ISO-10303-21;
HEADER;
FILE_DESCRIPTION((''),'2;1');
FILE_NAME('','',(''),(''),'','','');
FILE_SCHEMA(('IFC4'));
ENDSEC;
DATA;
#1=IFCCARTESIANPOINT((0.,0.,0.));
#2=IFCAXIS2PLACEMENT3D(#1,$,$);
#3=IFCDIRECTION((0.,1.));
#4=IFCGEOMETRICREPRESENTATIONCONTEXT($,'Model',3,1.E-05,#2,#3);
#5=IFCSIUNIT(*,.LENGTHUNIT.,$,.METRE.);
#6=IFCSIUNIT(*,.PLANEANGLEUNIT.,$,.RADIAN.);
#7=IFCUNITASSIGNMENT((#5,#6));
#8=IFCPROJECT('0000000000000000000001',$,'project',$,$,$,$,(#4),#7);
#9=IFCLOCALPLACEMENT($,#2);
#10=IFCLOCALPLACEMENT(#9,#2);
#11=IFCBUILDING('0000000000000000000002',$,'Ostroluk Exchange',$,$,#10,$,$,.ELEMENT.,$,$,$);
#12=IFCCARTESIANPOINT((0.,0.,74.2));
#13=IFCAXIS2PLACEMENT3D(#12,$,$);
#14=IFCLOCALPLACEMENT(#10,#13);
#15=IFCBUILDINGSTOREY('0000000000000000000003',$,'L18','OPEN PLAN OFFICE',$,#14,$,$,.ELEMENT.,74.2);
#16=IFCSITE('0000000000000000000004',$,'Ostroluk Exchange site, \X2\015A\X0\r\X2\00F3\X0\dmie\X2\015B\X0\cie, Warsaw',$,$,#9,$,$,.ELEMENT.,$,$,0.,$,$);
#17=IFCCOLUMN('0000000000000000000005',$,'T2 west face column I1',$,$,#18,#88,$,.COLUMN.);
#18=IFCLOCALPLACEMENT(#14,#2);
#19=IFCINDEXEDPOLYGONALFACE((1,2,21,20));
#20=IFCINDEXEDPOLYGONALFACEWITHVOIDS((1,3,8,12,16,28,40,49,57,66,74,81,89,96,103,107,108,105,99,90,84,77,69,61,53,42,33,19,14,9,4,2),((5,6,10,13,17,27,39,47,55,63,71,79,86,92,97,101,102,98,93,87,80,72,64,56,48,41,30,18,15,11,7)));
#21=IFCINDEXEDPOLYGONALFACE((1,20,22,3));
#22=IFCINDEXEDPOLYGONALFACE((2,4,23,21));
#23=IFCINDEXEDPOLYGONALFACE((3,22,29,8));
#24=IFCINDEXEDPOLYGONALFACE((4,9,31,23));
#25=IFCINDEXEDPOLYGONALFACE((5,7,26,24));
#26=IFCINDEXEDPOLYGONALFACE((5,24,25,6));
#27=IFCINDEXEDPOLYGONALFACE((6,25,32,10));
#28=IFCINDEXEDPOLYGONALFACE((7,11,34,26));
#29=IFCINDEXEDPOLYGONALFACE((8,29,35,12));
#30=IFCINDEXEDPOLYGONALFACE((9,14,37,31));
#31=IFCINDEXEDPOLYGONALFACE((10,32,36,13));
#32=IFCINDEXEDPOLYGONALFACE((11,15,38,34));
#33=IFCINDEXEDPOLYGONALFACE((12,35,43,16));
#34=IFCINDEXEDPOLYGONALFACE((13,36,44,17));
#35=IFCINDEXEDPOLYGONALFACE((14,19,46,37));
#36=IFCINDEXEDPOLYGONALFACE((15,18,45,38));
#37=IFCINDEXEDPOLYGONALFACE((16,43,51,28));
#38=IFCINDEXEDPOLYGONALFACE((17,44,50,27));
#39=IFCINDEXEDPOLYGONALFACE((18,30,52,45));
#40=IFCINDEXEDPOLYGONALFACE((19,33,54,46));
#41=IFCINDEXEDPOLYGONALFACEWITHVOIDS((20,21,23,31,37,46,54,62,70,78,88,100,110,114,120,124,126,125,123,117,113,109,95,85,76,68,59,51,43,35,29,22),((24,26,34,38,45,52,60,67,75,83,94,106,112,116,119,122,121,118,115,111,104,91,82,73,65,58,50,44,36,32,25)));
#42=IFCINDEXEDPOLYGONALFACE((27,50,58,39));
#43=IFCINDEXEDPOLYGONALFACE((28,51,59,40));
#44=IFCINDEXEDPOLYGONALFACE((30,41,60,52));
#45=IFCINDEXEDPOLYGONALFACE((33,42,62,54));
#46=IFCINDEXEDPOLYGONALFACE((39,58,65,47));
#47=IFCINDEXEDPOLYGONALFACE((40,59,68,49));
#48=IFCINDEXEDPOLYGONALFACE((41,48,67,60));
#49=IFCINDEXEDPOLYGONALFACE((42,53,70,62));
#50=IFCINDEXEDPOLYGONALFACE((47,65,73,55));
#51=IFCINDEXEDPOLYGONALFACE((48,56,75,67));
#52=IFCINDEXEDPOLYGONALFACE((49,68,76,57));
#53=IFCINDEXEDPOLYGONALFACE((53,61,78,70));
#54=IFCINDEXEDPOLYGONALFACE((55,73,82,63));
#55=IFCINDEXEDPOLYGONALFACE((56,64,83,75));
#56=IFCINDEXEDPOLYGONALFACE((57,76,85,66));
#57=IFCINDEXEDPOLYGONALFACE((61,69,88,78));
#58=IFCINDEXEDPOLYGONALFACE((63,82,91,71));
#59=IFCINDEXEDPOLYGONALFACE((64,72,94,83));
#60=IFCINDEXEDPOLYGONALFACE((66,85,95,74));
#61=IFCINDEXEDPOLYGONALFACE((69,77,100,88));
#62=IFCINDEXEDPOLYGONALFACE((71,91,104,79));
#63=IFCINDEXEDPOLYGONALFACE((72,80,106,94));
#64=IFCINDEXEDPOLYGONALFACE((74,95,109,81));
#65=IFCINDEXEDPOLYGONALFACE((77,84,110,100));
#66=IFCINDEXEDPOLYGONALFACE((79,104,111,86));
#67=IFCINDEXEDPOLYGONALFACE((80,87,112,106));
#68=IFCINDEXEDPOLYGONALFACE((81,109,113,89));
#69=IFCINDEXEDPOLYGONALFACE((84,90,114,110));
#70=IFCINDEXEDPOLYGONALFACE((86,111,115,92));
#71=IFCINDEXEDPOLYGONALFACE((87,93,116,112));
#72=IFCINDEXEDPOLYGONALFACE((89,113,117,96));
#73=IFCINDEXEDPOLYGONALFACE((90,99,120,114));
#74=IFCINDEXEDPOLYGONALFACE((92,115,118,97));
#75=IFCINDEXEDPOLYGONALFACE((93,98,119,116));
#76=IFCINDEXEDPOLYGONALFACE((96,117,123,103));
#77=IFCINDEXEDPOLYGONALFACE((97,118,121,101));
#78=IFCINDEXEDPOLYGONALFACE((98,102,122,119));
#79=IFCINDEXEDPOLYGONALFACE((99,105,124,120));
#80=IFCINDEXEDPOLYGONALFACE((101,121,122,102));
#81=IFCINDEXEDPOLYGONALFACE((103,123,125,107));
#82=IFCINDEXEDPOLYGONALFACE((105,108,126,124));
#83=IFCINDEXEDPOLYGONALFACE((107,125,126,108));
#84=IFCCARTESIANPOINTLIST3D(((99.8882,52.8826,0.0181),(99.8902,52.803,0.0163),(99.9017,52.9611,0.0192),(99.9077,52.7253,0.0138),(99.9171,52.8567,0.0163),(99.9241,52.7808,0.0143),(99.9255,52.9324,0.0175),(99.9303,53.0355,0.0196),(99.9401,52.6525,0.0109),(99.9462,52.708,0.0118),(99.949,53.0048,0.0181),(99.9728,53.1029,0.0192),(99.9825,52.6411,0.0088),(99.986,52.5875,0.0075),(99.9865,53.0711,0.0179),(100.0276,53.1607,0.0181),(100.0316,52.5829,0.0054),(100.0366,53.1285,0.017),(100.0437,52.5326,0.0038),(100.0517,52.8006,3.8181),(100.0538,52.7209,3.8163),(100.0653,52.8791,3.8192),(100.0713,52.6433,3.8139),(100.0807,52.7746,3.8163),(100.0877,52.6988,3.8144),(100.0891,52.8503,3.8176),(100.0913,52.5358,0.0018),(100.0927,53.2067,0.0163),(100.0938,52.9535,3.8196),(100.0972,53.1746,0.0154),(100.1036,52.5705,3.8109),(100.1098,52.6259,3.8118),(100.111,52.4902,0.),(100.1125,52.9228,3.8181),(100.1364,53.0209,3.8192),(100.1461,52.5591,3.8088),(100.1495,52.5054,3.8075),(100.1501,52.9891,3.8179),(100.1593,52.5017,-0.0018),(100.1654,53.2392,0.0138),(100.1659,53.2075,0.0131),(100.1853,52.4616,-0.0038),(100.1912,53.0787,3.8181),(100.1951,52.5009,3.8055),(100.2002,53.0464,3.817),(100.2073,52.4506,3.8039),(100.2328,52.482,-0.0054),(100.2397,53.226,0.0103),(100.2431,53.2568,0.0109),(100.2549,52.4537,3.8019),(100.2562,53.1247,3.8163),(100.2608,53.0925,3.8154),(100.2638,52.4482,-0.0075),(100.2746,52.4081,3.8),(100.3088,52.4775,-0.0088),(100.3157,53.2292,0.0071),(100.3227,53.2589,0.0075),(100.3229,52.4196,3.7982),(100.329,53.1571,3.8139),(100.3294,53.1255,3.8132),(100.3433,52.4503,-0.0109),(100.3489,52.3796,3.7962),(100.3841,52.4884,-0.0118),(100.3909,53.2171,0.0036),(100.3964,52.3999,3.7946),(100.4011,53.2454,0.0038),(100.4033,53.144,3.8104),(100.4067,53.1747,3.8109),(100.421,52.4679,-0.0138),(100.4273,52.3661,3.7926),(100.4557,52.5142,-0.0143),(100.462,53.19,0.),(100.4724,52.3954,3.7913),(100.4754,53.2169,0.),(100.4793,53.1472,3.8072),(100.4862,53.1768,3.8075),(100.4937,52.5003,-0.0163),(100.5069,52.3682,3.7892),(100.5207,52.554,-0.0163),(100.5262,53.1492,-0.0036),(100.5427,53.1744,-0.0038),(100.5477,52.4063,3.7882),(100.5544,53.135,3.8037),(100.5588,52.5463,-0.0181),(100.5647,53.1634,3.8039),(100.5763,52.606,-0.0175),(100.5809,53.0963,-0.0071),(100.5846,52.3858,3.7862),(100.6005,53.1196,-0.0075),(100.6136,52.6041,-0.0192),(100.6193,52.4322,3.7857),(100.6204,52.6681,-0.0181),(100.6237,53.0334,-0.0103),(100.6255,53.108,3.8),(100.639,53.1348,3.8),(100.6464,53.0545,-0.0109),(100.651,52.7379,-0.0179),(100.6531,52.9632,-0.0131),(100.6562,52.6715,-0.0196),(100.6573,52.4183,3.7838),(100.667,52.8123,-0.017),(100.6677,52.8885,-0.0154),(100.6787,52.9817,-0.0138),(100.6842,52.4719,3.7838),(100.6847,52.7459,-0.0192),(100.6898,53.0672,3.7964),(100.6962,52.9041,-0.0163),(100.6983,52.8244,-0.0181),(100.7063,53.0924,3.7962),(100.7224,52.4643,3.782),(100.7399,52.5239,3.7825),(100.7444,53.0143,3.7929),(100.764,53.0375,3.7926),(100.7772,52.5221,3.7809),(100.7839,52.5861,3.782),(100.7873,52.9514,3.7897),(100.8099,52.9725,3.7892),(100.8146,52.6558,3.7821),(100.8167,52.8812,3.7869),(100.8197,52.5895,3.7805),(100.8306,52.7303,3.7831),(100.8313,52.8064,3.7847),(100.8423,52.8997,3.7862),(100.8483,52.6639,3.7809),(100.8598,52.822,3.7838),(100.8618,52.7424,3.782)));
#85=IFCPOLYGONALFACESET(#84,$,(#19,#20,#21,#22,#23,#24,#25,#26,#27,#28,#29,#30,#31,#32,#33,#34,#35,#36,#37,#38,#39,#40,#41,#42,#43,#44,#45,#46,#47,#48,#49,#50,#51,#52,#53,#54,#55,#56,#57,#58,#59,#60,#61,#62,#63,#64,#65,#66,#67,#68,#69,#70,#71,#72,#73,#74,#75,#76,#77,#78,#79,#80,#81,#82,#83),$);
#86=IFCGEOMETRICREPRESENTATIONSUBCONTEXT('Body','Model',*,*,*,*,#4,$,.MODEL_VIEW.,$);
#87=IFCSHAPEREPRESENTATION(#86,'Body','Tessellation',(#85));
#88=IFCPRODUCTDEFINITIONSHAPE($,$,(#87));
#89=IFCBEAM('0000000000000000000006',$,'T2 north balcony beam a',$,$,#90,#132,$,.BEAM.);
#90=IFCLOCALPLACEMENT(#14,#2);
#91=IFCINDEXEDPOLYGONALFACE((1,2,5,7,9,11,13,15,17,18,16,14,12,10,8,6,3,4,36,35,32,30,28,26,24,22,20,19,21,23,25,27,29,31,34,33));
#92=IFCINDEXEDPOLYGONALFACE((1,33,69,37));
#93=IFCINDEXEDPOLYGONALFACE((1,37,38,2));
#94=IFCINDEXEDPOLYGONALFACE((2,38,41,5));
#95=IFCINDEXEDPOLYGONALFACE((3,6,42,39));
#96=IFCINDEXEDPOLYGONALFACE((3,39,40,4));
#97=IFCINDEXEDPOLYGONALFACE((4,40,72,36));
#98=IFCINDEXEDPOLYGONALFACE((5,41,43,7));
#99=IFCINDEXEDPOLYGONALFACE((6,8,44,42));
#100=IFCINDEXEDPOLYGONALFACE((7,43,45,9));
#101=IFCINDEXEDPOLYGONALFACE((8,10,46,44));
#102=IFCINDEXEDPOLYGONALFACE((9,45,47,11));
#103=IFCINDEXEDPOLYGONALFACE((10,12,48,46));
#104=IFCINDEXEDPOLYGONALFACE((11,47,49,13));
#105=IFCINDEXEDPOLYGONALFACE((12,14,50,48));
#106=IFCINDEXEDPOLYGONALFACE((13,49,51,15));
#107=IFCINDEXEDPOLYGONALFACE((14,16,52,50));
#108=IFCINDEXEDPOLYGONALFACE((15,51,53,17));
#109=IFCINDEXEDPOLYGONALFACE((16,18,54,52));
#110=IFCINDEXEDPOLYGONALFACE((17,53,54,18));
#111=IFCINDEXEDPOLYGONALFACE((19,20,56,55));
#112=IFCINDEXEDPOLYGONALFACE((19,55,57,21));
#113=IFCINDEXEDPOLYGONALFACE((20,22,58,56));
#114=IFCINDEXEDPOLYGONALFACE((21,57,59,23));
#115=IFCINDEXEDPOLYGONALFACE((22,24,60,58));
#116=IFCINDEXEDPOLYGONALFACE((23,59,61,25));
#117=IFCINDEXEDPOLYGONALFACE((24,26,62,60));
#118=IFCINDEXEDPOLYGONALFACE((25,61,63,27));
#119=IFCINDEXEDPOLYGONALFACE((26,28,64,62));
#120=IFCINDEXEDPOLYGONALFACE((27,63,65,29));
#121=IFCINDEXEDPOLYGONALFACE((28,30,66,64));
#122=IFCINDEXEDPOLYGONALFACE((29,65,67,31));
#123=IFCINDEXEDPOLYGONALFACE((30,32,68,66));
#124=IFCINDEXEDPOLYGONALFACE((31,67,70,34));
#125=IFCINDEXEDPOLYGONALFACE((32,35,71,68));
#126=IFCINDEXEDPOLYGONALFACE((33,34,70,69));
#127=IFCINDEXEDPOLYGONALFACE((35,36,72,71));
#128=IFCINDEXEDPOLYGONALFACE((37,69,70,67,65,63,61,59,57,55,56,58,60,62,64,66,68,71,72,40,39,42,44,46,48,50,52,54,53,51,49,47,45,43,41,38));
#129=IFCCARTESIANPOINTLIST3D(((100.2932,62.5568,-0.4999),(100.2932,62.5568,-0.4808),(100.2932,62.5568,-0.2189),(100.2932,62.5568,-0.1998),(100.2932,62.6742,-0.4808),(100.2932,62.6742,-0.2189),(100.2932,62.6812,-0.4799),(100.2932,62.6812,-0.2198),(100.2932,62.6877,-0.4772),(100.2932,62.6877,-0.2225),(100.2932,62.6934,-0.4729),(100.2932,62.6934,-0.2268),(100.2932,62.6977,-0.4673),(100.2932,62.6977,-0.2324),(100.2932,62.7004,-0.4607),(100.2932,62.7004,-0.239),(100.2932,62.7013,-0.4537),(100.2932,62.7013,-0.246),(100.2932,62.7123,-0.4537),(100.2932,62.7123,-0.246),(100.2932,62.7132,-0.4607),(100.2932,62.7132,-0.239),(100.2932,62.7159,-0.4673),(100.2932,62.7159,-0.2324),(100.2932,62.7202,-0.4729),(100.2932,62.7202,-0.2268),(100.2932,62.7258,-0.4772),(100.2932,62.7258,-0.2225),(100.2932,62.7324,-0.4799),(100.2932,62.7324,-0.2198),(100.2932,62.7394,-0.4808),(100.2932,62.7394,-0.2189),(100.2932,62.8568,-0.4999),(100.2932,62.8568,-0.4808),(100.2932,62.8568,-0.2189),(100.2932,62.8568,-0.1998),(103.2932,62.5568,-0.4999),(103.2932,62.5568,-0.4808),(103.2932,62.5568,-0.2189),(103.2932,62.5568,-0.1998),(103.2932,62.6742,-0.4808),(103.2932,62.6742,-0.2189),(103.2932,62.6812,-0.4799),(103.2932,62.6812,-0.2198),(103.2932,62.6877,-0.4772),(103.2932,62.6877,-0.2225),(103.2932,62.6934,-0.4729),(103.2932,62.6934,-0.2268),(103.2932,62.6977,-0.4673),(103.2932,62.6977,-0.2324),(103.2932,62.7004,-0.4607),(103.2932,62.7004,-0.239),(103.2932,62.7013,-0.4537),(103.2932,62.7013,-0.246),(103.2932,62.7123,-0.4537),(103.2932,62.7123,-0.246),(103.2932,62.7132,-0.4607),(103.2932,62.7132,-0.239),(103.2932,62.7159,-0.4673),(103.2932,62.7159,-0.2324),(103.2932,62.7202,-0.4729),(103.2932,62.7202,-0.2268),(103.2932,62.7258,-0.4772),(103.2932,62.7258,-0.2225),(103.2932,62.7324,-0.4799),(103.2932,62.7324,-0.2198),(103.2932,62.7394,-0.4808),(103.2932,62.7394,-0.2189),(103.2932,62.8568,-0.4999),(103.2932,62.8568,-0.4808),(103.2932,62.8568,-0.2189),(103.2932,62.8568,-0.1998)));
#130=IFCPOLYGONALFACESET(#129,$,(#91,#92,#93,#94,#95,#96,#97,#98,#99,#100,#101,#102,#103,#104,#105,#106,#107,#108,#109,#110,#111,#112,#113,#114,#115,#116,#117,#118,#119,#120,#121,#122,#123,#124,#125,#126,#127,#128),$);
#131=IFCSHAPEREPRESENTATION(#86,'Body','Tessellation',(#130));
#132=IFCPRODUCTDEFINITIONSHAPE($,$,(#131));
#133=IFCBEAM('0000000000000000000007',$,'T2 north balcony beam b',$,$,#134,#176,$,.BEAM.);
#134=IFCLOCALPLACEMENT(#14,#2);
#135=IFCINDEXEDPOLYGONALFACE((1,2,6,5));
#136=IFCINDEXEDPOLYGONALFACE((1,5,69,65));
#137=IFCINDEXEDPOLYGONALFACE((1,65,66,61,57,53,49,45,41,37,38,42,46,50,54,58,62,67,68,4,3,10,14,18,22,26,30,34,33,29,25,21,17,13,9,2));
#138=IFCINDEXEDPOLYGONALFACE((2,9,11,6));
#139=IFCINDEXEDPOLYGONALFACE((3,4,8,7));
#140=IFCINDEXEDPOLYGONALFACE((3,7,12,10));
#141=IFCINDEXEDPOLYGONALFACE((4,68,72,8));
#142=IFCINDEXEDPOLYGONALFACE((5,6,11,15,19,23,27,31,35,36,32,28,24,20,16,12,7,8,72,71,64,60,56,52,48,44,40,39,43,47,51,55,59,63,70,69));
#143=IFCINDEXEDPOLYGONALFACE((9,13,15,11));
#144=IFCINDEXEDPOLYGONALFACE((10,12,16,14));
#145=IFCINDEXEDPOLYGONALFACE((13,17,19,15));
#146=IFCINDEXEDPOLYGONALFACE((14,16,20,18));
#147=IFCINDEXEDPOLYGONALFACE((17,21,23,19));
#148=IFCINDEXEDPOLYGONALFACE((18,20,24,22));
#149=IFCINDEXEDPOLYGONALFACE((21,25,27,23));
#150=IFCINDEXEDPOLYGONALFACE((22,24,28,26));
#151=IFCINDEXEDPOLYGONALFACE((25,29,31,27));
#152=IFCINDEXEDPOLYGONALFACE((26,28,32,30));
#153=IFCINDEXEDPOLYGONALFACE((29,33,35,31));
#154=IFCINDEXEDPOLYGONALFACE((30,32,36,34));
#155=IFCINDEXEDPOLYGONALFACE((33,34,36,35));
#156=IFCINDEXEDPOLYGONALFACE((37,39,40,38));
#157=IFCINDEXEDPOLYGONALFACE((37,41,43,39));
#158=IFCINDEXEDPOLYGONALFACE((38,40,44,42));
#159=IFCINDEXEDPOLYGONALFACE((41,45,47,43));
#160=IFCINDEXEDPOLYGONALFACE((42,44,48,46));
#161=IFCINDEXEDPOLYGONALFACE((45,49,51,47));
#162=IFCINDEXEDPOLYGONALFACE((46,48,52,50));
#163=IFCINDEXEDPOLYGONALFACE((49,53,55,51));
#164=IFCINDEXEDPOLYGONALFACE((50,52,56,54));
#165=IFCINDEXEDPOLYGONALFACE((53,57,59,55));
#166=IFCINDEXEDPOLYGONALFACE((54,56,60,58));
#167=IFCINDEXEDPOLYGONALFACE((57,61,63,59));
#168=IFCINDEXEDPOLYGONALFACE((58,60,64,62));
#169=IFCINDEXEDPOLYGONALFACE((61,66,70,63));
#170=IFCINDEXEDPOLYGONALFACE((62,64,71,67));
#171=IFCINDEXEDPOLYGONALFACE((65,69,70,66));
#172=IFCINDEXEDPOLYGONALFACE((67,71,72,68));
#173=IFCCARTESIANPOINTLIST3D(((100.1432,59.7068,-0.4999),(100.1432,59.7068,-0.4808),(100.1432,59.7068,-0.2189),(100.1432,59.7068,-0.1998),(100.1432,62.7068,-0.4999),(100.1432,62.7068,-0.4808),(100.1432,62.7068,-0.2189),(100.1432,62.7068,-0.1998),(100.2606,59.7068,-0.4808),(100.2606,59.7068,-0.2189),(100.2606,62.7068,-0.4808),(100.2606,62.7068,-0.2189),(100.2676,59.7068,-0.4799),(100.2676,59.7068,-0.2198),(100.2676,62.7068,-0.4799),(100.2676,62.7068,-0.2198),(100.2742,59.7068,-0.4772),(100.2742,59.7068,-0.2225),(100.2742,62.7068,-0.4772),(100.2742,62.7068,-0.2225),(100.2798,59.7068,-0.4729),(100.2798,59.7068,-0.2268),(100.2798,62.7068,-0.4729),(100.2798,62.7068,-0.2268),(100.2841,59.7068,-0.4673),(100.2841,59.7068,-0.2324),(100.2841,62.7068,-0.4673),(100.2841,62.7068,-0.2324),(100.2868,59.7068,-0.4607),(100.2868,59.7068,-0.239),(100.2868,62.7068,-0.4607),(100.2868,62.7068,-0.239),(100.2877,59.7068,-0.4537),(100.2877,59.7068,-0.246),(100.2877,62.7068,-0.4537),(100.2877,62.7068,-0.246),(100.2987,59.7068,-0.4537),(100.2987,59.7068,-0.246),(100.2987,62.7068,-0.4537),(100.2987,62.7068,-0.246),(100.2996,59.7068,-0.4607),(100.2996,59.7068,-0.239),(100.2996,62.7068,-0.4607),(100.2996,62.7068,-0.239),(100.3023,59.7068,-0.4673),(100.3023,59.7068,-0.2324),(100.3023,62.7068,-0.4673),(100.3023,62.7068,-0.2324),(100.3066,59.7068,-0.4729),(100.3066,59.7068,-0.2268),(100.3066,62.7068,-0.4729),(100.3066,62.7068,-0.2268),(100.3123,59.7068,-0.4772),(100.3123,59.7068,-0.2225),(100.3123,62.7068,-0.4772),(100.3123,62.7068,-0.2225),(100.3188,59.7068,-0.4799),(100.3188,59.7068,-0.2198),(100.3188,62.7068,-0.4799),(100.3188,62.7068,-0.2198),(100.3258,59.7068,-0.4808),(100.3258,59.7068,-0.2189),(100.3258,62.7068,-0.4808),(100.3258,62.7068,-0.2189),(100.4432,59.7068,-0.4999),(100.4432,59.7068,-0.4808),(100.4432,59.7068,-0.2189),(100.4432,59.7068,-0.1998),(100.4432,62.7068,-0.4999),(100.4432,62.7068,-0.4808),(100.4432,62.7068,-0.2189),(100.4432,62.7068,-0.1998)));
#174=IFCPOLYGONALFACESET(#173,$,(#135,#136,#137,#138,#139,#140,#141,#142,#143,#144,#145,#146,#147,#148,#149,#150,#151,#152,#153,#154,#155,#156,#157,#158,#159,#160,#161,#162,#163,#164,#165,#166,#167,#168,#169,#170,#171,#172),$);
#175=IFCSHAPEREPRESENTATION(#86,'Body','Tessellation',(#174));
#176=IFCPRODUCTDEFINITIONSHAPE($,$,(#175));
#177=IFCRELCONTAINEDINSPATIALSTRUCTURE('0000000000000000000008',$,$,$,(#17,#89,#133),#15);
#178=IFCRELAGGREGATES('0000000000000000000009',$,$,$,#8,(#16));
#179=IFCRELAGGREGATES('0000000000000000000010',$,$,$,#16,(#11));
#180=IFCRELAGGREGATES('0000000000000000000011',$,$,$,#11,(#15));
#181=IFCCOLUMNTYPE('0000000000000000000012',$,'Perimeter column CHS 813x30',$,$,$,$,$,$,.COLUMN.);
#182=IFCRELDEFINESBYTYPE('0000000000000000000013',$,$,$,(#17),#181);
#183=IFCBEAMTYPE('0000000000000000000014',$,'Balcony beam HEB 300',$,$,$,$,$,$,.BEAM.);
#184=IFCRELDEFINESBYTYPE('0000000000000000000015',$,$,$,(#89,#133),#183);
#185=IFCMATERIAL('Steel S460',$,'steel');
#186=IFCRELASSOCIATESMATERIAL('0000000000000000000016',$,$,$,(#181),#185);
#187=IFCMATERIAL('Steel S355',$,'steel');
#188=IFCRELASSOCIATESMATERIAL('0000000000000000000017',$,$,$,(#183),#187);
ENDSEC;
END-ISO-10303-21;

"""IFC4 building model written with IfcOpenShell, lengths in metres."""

from ifc_helpers import new_model, si_unit, direction, frame, origin, origin_2d, place, context, subcontext, project, spatial, hollow_circle, i_section, extrude, material, material_profile, profile_set, type_object, element, save


model = new_model("IFC4")

# Units and contexts
model_context = context("Model", 3, precision=1e-05, world=origin(), true_north=direction((0.0, 1.0)))
body_context = subcontext(model_context, "Body", "Model", "MODEL_VIEW")
ifc_project = project(units=[si_unit("LENGTHUNIT", "METRE"), si_unit("PLANEANGLEUNIT", "RADIAN")], contexts=[model_context])

# Site, building, storey
site_placement = place(None, origin())
site = spatial("IfcSite", under=ifc_project, at=site_placement, Name="Ostroluk Exchange site, Śródmieście, Warsaw", CompositionType="ELEMENT", RefElevation=0.0)
building_placement = place(site_placement, origin())
building = spatial("IfcBuilding", under=site, at=building_placement, Name="Ostroluk Exchange", CompositionType="ELEMENT")
storey_placement = place(building_placement, frame((0.0, 0.0, 74.2)))
storey = spatial("IfcBuildingStorey", under=building, at=storey_placement, Name="L18", Description="OPEN PLAN OFFICE", CompositionType="ELEMENT", Elevation=74.2)

# Column
ifc_material_1 = material(Name="Steel S460", Category="steel")
ifc_material_profile_1 = material_profile(ifc_material_1, hollow_circle(Radius=0.4065, WallThickness=0.03, at=origin_2d()), Name="CHS 813x30")
ifc_profile_set_1 = profile_set([ifc_material_profile_1], Name="Steel S460")
column_type = type_object("IfcColumnType", Name="Perimeter column CHS 813x30", PredefinedType="COLUMN", material=ifc_profile_set_1)
column_placement = place(storey_placement, frame((100.2932, 52.8535, 0.0), z_axis=(0.042995, -0.021562, 0.998843), x_axis=(0.448281, 0.893893, 0.0)))
element("IfcColumn", 1, at=column_placement, inside=storey, type_object=column_type, Name="T2 west face column I1", PredefinedType="COLUMN", context=body_context, shape_type="SweptSolid", body=[
    extrude(hollow_circle(Radius=0.4065, WallThickness=0.03, at=origin_2d()), origin(), (0.0, 0.0, 1.0), 3.8044),
])

# Beams
ifc_material_2 = material(Name="Steel S355", Category="steel")
ifc_material_profile_2 = material_profile(ifc_material_2, i_section(OverallWidth=0.3, OverallDepth=0.3, WebThickness=0.011, FlangeThickness=0.019, FilletRadius=0.0271, at=origin_2d()), Name="HEB 300")
ifc_profile_set_2 = profile_set([ifc_material_profile_2], Name="Steel S355")
beam_type_1 = type_object("IfcBeamType", Name="Balcony beam HEB 300", PredefinedType="BEAM", material=ifc_profile_set_2)
for number, where, z_axis, x_axis, name in (
    (2, (103.2932, 62.7068, -0.3499), (-1.0, 0.0, 0.0), (0.0, -1.0, 0.0), "T2 north balcony beam a"),
    (3, (100.2932, 59.7068, -0.3499), (0.0, 1.0, 0.0), (-1.0, 0.0, 0.0), "T2 north balcony beam b"),
):
    element("IfcBeam", number, at=place(storey_placement, frame(where, z_axis=z_axis, x_axis=x_axis)), inside=storey, type_object=beam_type_1, Name=name, PredefinedType="BEAM", context=body_context, shape_type="SweptSolid", body=[
        extrude(i_section(OverallWidth=0.3, OverallDepth=0.3, WebThickness=0.011, FlangeThickness=0.019, FilletRadius=0.0271, at=origin_2d()), origin(), (0.0, 0.0, 1.0), 3.0),
    ])

save(model, "model.ifc")
